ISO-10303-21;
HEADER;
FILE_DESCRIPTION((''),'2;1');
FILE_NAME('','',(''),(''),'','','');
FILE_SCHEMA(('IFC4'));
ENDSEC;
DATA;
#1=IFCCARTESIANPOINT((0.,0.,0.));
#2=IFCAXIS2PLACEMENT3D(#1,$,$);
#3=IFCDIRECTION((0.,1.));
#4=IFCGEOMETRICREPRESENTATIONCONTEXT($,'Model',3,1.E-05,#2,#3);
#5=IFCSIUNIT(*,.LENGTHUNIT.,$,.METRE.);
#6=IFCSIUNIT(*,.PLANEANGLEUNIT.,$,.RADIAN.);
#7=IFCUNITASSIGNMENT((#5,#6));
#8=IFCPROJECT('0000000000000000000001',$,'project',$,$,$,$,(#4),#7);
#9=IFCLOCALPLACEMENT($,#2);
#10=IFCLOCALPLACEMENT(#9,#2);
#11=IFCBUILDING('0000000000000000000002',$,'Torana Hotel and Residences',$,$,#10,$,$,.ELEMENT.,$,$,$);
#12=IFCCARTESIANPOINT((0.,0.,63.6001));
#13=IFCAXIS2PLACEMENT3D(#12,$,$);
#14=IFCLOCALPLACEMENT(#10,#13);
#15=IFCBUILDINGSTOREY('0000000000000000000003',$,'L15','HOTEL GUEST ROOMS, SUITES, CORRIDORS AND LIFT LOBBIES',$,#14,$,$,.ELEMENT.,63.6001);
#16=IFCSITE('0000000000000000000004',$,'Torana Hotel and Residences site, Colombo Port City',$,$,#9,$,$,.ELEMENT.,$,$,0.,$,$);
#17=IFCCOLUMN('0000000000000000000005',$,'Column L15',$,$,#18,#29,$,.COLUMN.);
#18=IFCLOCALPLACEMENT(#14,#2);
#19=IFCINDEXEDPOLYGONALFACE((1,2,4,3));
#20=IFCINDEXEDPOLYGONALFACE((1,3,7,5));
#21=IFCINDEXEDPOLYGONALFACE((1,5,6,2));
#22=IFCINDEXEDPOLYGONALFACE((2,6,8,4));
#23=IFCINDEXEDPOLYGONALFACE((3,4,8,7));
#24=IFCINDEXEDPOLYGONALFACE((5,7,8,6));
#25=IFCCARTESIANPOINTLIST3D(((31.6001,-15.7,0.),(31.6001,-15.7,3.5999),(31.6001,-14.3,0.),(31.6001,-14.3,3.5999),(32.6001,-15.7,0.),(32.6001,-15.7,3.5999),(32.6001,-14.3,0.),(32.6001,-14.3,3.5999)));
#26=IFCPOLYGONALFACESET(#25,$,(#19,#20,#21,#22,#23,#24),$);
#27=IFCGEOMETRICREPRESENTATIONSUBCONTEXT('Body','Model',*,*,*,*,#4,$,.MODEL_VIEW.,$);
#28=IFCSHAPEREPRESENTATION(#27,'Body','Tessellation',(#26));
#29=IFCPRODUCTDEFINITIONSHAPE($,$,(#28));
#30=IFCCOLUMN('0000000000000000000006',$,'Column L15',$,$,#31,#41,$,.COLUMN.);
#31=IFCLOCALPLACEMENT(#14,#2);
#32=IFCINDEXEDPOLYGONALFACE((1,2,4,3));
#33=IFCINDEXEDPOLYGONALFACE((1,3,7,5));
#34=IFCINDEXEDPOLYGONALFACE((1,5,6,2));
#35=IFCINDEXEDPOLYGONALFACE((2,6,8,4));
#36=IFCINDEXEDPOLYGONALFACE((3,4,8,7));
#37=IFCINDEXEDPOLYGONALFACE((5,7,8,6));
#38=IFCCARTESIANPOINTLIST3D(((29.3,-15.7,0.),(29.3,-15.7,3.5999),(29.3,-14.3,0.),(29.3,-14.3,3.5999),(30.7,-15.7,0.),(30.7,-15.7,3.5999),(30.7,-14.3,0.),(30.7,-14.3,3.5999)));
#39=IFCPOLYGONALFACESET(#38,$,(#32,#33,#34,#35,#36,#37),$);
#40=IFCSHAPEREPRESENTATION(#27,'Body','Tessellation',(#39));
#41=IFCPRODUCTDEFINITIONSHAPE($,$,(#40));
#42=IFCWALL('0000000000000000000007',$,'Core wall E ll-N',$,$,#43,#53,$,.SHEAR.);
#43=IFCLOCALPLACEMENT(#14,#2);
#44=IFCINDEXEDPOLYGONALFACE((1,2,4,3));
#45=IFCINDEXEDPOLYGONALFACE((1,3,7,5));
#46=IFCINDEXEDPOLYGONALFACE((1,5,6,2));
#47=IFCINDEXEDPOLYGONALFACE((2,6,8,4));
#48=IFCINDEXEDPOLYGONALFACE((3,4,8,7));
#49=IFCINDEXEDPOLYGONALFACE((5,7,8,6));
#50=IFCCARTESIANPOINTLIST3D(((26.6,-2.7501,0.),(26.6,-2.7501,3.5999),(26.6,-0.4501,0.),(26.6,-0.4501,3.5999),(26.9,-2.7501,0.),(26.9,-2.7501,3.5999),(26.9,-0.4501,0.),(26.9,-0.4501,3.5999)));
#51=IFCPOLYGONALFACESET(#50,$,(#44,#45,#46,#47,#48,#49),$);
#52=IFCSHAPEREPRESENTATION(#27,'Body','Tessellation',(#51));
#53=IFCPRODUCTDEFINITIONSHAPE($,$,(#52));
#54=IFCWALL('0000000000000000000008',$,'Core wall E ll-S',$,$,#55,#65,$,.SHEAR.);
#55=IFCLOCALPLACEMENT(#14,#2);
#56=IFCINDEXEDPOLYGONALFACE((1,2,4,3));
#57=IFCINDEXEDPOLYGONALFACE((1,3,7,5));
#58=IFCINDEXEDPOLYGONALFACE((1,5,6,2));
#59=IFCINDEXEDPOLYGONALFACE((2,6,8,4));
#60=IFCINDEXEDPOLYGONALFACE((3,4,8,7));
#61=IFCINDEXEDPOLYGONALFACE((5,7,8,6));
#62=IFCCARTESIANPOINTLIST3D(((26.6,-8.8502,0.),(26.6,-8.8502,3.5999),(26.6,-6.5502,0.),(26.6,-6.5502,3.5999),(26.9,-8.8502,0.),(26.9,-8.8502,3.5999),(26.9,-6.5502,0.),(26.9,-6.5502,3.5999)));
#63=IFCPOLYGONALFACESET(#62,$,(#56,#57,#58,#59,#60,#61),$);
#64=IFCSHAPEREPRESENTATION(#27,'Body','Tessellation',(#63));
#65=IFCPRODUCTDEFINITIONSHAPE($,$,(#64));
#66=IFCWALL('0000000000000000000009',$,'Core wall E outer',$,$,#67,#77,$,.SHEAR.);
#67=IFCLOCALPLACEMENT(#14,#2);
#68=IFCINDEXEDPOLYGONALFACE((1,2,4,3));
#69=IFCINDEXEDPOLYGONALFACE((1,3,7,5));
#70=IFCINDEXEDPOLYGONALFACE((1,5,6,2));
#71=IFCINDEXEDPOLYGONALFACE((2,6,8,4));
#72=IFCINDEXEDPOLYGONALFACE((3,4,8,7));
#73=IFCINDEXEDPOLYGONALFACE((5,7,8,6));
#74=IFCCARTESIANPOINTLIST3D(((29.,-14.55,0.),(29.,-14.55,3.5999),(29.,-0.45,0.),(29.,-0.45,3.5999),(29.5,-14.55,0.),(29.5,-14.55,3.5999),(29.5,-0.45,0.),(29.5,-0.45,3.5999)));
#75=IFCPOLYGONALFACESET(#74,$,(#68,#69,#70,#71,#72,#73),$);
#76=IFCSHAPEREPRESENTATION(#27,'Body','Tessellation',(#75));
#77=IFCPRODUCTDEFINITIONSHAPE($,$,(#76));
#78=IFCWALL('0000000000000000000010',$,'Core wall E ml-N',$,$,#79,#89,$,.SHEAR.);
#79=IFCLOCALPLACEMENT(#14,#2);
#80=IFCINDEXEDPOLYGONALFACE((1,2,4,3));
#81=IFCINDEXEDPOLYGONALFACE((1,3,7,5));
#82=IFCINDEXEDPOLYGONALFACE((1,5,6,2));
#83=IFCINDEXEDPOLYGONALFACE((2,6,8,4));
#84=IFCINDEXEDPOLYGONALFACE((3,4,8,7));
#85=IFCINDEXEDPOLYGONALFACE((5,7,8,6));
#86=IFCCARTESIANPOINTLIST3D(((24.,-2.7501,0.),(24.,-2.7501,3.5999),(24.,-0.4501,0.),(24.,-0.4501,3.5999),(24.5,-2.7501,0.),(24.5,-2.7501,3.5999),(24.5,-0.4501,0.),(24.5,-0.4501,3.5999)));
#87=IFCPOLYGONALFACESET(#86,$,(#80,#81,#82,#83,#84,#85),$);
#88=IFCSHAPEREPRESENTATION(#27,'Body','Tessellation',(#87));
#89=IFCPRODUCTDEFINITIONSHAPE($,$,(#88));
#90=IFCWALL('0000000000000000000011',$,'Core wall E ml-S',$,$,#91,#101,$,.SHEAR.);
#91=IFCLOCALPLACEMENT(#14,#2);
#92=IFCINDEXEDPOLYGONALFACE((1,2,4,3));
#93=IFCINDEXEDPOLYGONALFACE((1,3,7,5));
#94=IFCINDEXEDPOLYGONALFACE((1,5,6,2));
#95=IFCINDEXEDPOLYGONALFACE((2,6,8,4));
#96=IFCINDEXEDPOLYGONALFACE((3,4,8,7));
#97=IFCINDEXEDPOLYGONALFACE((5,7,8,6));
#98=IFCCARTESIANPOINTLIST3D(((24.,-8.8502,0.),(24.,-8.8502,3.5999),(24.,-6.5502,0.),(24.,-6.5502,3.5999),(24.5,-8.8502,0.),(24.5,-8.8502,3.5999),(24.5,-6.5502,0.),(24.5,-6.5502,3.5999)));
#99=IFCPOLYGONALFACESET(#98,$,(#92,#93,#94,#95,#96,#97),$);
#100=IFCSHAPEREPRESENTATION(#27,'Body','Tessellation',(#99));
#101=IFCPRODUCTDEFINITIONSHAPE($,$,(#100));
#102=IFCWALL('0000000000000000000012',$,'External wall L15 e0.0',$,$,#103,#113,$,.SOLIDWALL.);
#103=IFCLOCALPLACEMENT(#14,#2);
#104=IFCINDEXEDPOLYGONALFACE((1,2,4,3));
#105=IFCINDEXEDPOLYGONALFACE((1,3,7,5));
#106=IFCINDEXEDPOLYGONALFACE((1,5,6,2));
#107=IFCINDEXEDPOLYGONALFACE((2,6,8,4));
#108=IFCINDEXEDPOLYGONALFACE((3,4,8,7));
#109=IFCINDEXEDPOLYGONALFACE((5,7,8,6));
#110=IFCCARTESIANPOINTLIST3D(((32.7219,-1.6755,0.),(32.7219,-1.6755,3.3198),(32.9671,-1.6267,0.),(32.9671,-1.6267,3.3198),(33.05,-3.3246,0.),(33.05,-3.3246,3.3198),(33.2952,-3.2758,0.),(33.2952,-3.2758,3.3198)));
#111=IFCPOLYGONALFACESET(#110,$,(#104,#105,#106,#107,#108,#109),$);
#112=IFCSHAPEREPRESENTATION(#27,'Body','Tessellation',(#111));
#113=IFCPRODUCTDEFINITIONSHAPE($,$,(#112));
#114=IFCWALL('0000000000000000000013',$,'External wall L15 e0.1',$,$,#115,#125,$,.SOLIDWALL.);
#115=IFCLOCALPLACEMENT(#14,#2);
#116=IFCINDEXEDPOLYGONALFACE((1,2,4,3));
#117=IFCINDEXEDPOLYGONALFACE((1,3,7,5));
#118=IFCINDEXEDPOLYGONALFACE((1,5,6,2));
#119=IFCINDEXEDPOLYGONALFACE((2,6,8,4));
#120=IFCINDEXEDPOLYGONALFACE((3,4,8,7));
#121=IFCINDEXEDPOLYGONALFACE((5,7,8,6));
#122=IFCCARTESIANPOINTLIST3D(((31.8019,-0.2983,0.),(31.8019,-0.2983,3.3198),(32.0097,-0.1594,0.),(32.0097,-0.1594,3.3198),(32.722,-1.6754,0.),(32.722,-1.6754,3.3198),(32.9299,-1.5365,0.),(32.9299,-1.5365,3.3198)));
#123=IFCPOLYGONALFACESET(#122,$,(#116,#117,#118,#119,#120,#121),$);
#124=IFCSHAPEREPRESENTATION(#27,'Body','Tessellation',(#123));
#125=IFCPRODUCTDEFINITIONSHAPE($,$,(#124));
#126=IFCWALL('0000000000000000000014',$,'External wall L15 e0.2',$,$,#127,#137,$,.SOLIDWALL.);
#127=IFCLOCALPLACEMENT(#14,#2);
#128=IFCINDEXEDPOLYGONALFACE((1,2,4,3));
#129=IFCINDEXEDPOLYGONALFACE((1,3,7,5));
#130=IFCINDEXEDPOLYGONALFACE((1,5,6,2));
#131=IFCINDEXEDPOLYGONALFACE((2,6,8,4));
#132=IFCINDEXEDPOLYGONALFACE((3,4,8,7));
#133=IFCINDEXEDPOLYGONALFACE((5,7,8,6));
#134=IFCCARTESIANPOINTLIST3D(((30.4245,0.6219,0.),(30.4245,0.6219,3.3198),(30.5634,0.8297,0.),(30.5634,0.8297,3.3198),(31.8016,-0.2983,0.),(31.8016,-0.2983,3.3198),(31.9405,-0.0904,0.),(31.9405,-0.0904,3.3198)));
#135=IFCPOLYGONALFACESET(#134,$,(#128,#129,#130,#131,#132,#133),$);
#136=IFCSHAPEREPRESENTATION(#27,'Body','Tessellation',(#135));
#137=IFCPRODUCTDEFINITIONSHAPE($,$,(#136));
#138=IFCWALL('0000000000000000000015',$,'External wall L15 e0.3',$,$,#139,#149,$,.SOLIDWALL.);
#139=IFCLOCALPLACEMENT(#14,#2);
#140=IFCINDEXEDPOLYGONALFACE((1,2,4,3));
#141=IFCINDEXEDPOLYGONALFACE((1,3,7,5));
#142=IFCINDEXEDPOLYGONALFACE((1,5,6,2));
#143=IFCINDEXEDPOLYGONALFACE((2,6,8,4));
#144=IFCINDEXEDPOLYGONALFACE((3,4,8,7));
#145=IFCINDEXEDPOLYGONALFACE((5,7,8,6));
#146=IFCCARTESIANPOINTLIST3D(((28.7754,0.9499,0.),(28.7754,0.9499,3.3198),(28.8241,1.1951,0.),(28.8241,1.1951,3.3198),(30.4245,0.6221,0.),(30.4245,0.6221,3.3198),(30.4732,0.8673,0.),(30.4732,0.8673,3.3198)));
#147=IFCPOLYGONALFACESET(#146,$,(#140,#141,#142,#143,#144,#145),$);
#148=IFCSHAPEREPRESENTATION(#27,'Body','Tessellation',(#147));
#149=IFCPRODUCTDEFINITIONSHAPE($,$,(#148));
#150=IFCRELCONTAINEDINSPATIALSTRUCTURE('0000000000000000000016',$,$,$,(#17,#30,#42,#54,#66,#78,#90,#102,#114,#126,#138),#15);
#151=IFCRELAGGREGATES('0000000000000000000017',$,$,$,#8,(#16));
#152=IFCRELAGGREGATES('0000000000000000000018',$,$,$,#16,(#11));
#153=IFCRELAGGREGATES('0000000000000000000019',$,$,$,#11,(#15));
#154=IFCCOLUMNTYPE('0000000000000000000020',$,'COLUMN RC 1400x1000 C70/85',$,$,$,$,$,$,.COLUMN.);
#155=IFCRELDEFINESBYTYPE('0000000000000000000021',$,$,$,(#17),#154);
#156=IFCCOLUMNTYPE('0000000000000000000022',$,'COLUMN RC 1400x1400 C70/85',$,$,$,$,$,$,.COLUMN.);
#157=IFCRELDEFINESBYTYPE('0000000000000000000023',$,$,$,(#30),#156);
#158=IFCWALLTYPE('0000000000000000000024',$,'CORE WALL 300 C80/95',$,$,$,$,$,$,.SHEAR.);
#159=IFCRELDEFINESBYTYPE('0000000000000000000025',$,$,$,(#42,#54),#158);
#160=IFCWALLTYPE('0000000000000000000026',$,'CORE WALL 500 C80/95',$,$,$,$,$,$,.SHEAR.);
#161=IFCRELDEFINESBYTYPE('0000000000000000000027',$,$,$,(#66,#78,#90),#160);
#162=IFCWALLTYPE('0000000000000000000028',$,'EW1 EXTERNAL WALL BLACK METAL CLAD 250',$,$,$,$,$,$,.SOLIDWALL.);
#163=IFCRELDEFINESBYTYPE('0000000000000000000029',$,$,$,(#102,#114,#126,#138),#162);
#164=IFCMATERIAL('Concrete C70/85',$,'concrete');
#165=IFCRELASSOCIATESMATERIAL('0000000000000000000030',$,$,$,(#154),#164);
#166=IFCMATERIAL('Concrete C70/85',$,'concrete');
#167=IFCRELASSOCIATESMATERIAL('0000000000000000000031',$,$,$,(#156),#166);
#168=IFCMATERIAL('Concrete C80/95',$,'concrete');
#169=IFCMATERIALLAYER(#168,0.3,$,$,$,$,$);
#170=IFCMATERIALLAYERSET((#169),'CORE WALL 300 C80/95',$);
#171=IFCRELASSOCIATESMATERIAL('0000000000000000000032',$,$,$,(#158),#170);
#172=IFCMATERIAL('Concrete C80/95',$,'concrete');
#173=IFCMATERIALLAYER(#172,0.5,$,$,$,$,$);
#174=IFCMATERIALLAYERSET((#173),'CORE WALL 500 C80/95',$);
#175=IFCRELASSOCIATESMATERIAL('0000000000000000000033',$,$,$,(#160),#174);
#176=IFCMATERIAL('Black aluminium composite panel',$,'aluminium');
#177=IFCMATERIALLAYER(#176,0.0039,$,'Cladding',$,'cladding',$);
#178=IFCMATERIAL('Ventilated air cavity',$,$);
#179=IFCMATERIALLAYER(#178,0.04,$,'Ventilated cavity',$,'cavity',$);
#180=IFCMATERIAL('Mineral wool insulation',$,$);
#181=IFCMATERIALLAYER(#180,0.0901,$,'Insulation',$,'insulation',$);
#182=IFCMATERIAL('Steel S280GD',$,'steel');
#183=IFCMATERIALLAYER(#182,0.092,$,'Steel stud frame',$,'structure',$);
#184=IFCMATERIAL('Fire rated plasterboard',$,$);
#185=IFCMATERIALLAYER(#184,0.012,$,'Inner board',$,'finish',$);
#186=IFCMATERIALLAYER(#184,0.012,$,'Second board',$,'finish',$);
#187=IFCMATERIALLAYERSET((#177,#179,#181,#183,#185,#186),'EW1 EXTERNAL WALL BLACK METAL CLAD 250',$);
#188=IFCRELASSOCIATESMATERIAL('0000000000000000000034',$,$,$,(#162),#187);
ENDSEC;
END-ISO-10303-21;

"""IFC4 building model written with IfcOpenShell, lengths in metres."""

from ifc_helpers import new_model, si_unit, direction, frame, frame_2d, origin, origin_2d, place, context, subcontext, project, spatial, rectangle, extrude, material, layer, layer_set, material_profile, profile_set, type_object, element, save


model = new_model("IFC4")

# Units and contexts
model_context = context("Model", 3, precision=1e-05, world=origin(), true_north=direction((0.0, 1.0)))
body_context = subcontext(model_context, "Body", "Model", "MODEL_VIEW")
ifc_project = project(units=[si_unit("LENGTHUNIT", "METRE"), si_unit("PLANEANGLEUNIT", "RADIAN")], contexts=[model_context])

# Site, building, storey
site_placement = place(None, origin())
site = spatial("IfcSite", under=ifc_project, at=site_placement, Name="Torana Hotel and Residences site, Colombo Port City", CompositionType="ELEMENT", RefElevation=0.0)
building_placement = place(site_placement, origin())
building = spatial("IfcBuilding", under=site, at=building_placement, Name="Torana Hotel and Residences", CompositionType="ELEMENT")
storey_placement = place(building_placement, frame((0.0, 0.0, 63.6001)))
storey = spatial("IfcBuildingStorey", under=building, at=storey_placement, Name="L15", Description="HOTEL GUEST ROOMS, SUITES, CORRIDORS AND LIFT LOBBIES", CompositionType="ELEMENT", Elevation=63.6001)

# Columns
ifc_material_1 = material(Name="Concrete C70/85", Category="concrete")
ifc_material_profile_1 = material_profile(ifc_material_1, rectangle(XDim=1.3999, YDim=1.0, at=origin_2d()), Name="RC 1400x1000")
ifc_profile_set_1 = profile_set([ifc_material_profile_1], Name="Concrete C70/85")
column_type_1 = type_object("IfcColumnType", Name="COLUMN RC 1400x1000 C70/85", PredefinedType="COLUMN", material=ifc_profile_set_1)
column_1_placement = place(storey_placement, frame((32.1001, -15.0, 0.0), z_axis=(0.0, 0.0, 1.0), x_axis=(0.0, 1.0, 0.0)))
element("IfcColumn", 1, at=column_1_placement, inside=storey, type_object=column_type_1, Name="Column L15", PredefinedType="COLUMN", context=body_context, shape_type="SweptSolid", body=[
    extrude(rectangle(XDim=1.3999, YDim=1.0, at=origin_2d()), origin(), (0.0, 0.0, 1.0), 3.5999),
])
ifc_material_2 = material(Name="Concrete C70/85", Category="concrete")
ifc_material_profile_2 = material_profile(ifc_material_2, rectangle(XDim=1.3999, YDim=1.3999, at=origin_2d()), Name="RC 1400x1400")
ifc_profile_set_2 = profile_set([ifc_material_profile_2], Name="Concrete C70/85")
column_type_2 = type_object("IfcColumnType", Name="COLUMN RC 1400x1400 C70/85", PredefinedType="COLUMN", material=ifc_profile_set_2)
column_2_placement = place(storey_placement, frame((30.0, -15.0, 0.0), z_axis=(0.0, 0.0, 1.0), x_axis=(1.0, 0.0, 0.0)))
element("IfcColumn", 2, at=column_2_placement, inside=storey, type_object=column_type_2, Name="Column L15", PredefinedType="COLUMN", context=body_context, shape_type="SweptSolid", body=[
    extrude(rectangle(XDim=1.3999, YDim=1.3999, at=origin_2d()), origin(), (0.0, 0.0, 1.0), 3.5999),
])

# Walls
ifc_material_3 = material(Name="Concrete C80/95", Category="concrete")
ifc_layer_1 = layer(ifc_material_3, 0.3)
ifc_layer_set_1 = layer_set([ifc_layer_1], Name="CORE WALL 300 C80/95")
wall_type_1 = type_object("IfcWallType", Name="CORE WALL 300 C80/95", PredefinedType="SHEAR", material=ifc_layer_set_1)
for number, where, z_axis, x_axis, name in (
    (3, (26.75, -2.75, 0.0), (0.0, 0.0, 1.0), (0.0, 1.0, 0.0), "Core wall E ll-N"),
    (4, (26.75, -8.8501, 0.0), (0.0, 0.0, 1.0), (0.0, 1.0, 0.0), "Core wall E ll-S"),
):
    element("IfcWall", number, at=place(storey_placement, frame(where, z_axis=z_axis, x_axis=x_axis)), inside=storey, type_object=wall_type_1, Name=name, PredefinedType="SHEAR", context=body_context, shape_type="SweptSolid", body=[
        extrude(rectangle(XDim=2.3, YDim=0.3, at=frame_2d((1.1499, 0.0))), origin(), (0.0, 0.0, 1.0), 3.5999),
    ])
ifc_material_4 = material(Name="Concrete C80/95", Category="concrete")
ifc_layer_2 = layer(ifc_material_4, 0.5)
ifc_layer_set_2 = layer_set([ifc_layer_2], Name="CORE WALL 500 C80/95")
wall_type_2 = type_object("IfcWallType", Name="CORE WALL 500 C80/95", PredefinedType="SHEAR", material=ifc_layer_set_2)
wall_1_placement = place(storey_placement, frame((29.25, -14.55, 0.0), z_axis=(0.0, 0.0, 1.0), x_axis=(0.0, 1.0, 0.0)))
element("IfcWall", 5, at=wall_1_placement, inside=storey, type_object=wall_type_2, Name="Core wall E outer", PredefinedType="SHEAR", context=body_context, shape_type="SweptSolid", body=[
    extrude(rectangle(XDim=14.1001, YDim=0.5, at=frame_2d((7.05, 0.0))), origin(), (0.0, 0.0, 1.0), 3.5999),
])
for number, where, z_axis, x_axis, name in (
    (6, (24.25, -2.75, 0.0), (0.0, 0.0, 1.0), (0.0, 1.0, 0.0), "Core wall E ml-N"),
    (7, (24.25, -8.8501, 0.0), (0.0, 0.0, 1.0), (0.0, 1.0, 0.0), "Core wall E ml-S"),
):
    element("IfcWall", number, at=place(storey_placement, frame(where, z_axis=z_axis, x_axis=x_axis)), inside=storey, type_object=wall_type_2, Name=name, PredefinedType="SHEAR", context=body_context, shape_type="SweptSolid", body=[
        extrude(rectangle(XDim=2.3, YDim=0.5, at=frame_2d((1.1499, 0.0))), origin(), (0.0, 0.0, 1.0), 3.5999),
    ])
ifc_material_5 = material(Name="Black aluminium composite panel", Category="aluminium")
ifc_layer_3 = layer(ifc_material_5, 0.0039, Name="Cladding", Category="cladding")
ifc_material_6 = material(Name="Ventilated air cavity")
ifc_layer_4 = layer(ifc_material_6, 0.04, Name="Ventilated cavity", Category="cavity")
ifc_material_7 = material(Name="Mineral wool insulation")
ifc_layer_5 = layer(ifc_material_7, 0.0901, Name="Insulation", Category="insulation")
ifc_material_8 = material(Name="Steel S280GD", Category="steel")
ifc_layer_6 = layer(ifc_material_8, 0.092, Name="Steel stud frame", Category="structure")
ifc_material_9 = material(Name="Fire rated plasterboard")
ifc_layer_7 = layer(ifc_material_9, 0.012, Name="Inner board", Category="finish")
ifc_layer_8 = layer(ifc_material_9, 0.012, Name="Second board", Category="finish")
ifc_layer_set_3 = layer_set([ifc_layer_3, ifc_layer_4, ifc_layer_5, ifc_layer_6, ifc_layer_7, ifc_layer_8], Name="EW1 EXTERNAL WALL BLACK METAL CLAD 250")
wall_type_3 = type_object("IfcWallType", Name="EW1 EXTERNAL WALL BLACK METAL CLAD 250", PredefinedType="SOLIDWALL", material=ifc_layer_set_3)
wall_2_placement = place(storey_placement, frame((33.1726, -3.3003, 0.0), z_axis=(0.0, 0.0, 1.0), x_axis=(-0.195139, 0.980776, 0.0)))
element("IfcWall", 8, at=wall_2_placement, inside=storey, type_object=wall_type_3, Name="External wall L15 e0.0", PredefinedType="SOLIDWALL", context=body_context, shape_type="SweptSolid", body=[
    extrude(rectangle(XDim=1.6814, YDim=0.25, at=frame_2d((0.8408, 0.0))), origin(), (0.0, 0.0, 1.0), 3.3198),
])
for number, where, z_axis, x_axis, name in (
    (9, (32.8259, -1.606, 0.0), (0.0, 0.0, 1.0), (-0.55555, 0.831483, 0.0), "External wall L15 e0.1"),
    (10, (31.8711, -0.1943, 0.0), (0.0, 0.0, 1.0), (-0.831483, 0.55555, 0.0), "External wall L15 e0.2"),
):
    element("IfcWall", number, at=place(storey_placement, frame(where, z_axis=z_axis, x_axis=x_axis)), inside=storey, type_object=wall_type_3, Name=name, PredefinedType="SOLIDWALL", context=body_context, shape_type="SweptSolid", body=[
        extrude(rectangle(XDim=1.6562, YDim=0.25, at=frame_2d((0.8281, 0.0))), origin(), (0.0, 0.0, 1.0), 3.3198),
    ])
wall_3_placement = place(storey_placement, frame((30.449, 0.7446, 0.0), z_axis=(0.0, 0.0, 1.0), x_axis=(-0.980803, 0.194999, 0.0)))
element("IfcWall", 11, at=wall_3_placement, inside=storey, type_object=wall_type_3, Name="External wall L15 e0.3", PredefinedType="SOLIDWALL", context=body_context, shape_type="SweptSolid", body=[
    extrude(rectangle(XDim=1.6814, YDim=0.25, at=frame_2d((0.8408, 0.0))), origin(), (0.0, 0.0, 1.0), 3.3198),
])

save(model, "model.ifc")
